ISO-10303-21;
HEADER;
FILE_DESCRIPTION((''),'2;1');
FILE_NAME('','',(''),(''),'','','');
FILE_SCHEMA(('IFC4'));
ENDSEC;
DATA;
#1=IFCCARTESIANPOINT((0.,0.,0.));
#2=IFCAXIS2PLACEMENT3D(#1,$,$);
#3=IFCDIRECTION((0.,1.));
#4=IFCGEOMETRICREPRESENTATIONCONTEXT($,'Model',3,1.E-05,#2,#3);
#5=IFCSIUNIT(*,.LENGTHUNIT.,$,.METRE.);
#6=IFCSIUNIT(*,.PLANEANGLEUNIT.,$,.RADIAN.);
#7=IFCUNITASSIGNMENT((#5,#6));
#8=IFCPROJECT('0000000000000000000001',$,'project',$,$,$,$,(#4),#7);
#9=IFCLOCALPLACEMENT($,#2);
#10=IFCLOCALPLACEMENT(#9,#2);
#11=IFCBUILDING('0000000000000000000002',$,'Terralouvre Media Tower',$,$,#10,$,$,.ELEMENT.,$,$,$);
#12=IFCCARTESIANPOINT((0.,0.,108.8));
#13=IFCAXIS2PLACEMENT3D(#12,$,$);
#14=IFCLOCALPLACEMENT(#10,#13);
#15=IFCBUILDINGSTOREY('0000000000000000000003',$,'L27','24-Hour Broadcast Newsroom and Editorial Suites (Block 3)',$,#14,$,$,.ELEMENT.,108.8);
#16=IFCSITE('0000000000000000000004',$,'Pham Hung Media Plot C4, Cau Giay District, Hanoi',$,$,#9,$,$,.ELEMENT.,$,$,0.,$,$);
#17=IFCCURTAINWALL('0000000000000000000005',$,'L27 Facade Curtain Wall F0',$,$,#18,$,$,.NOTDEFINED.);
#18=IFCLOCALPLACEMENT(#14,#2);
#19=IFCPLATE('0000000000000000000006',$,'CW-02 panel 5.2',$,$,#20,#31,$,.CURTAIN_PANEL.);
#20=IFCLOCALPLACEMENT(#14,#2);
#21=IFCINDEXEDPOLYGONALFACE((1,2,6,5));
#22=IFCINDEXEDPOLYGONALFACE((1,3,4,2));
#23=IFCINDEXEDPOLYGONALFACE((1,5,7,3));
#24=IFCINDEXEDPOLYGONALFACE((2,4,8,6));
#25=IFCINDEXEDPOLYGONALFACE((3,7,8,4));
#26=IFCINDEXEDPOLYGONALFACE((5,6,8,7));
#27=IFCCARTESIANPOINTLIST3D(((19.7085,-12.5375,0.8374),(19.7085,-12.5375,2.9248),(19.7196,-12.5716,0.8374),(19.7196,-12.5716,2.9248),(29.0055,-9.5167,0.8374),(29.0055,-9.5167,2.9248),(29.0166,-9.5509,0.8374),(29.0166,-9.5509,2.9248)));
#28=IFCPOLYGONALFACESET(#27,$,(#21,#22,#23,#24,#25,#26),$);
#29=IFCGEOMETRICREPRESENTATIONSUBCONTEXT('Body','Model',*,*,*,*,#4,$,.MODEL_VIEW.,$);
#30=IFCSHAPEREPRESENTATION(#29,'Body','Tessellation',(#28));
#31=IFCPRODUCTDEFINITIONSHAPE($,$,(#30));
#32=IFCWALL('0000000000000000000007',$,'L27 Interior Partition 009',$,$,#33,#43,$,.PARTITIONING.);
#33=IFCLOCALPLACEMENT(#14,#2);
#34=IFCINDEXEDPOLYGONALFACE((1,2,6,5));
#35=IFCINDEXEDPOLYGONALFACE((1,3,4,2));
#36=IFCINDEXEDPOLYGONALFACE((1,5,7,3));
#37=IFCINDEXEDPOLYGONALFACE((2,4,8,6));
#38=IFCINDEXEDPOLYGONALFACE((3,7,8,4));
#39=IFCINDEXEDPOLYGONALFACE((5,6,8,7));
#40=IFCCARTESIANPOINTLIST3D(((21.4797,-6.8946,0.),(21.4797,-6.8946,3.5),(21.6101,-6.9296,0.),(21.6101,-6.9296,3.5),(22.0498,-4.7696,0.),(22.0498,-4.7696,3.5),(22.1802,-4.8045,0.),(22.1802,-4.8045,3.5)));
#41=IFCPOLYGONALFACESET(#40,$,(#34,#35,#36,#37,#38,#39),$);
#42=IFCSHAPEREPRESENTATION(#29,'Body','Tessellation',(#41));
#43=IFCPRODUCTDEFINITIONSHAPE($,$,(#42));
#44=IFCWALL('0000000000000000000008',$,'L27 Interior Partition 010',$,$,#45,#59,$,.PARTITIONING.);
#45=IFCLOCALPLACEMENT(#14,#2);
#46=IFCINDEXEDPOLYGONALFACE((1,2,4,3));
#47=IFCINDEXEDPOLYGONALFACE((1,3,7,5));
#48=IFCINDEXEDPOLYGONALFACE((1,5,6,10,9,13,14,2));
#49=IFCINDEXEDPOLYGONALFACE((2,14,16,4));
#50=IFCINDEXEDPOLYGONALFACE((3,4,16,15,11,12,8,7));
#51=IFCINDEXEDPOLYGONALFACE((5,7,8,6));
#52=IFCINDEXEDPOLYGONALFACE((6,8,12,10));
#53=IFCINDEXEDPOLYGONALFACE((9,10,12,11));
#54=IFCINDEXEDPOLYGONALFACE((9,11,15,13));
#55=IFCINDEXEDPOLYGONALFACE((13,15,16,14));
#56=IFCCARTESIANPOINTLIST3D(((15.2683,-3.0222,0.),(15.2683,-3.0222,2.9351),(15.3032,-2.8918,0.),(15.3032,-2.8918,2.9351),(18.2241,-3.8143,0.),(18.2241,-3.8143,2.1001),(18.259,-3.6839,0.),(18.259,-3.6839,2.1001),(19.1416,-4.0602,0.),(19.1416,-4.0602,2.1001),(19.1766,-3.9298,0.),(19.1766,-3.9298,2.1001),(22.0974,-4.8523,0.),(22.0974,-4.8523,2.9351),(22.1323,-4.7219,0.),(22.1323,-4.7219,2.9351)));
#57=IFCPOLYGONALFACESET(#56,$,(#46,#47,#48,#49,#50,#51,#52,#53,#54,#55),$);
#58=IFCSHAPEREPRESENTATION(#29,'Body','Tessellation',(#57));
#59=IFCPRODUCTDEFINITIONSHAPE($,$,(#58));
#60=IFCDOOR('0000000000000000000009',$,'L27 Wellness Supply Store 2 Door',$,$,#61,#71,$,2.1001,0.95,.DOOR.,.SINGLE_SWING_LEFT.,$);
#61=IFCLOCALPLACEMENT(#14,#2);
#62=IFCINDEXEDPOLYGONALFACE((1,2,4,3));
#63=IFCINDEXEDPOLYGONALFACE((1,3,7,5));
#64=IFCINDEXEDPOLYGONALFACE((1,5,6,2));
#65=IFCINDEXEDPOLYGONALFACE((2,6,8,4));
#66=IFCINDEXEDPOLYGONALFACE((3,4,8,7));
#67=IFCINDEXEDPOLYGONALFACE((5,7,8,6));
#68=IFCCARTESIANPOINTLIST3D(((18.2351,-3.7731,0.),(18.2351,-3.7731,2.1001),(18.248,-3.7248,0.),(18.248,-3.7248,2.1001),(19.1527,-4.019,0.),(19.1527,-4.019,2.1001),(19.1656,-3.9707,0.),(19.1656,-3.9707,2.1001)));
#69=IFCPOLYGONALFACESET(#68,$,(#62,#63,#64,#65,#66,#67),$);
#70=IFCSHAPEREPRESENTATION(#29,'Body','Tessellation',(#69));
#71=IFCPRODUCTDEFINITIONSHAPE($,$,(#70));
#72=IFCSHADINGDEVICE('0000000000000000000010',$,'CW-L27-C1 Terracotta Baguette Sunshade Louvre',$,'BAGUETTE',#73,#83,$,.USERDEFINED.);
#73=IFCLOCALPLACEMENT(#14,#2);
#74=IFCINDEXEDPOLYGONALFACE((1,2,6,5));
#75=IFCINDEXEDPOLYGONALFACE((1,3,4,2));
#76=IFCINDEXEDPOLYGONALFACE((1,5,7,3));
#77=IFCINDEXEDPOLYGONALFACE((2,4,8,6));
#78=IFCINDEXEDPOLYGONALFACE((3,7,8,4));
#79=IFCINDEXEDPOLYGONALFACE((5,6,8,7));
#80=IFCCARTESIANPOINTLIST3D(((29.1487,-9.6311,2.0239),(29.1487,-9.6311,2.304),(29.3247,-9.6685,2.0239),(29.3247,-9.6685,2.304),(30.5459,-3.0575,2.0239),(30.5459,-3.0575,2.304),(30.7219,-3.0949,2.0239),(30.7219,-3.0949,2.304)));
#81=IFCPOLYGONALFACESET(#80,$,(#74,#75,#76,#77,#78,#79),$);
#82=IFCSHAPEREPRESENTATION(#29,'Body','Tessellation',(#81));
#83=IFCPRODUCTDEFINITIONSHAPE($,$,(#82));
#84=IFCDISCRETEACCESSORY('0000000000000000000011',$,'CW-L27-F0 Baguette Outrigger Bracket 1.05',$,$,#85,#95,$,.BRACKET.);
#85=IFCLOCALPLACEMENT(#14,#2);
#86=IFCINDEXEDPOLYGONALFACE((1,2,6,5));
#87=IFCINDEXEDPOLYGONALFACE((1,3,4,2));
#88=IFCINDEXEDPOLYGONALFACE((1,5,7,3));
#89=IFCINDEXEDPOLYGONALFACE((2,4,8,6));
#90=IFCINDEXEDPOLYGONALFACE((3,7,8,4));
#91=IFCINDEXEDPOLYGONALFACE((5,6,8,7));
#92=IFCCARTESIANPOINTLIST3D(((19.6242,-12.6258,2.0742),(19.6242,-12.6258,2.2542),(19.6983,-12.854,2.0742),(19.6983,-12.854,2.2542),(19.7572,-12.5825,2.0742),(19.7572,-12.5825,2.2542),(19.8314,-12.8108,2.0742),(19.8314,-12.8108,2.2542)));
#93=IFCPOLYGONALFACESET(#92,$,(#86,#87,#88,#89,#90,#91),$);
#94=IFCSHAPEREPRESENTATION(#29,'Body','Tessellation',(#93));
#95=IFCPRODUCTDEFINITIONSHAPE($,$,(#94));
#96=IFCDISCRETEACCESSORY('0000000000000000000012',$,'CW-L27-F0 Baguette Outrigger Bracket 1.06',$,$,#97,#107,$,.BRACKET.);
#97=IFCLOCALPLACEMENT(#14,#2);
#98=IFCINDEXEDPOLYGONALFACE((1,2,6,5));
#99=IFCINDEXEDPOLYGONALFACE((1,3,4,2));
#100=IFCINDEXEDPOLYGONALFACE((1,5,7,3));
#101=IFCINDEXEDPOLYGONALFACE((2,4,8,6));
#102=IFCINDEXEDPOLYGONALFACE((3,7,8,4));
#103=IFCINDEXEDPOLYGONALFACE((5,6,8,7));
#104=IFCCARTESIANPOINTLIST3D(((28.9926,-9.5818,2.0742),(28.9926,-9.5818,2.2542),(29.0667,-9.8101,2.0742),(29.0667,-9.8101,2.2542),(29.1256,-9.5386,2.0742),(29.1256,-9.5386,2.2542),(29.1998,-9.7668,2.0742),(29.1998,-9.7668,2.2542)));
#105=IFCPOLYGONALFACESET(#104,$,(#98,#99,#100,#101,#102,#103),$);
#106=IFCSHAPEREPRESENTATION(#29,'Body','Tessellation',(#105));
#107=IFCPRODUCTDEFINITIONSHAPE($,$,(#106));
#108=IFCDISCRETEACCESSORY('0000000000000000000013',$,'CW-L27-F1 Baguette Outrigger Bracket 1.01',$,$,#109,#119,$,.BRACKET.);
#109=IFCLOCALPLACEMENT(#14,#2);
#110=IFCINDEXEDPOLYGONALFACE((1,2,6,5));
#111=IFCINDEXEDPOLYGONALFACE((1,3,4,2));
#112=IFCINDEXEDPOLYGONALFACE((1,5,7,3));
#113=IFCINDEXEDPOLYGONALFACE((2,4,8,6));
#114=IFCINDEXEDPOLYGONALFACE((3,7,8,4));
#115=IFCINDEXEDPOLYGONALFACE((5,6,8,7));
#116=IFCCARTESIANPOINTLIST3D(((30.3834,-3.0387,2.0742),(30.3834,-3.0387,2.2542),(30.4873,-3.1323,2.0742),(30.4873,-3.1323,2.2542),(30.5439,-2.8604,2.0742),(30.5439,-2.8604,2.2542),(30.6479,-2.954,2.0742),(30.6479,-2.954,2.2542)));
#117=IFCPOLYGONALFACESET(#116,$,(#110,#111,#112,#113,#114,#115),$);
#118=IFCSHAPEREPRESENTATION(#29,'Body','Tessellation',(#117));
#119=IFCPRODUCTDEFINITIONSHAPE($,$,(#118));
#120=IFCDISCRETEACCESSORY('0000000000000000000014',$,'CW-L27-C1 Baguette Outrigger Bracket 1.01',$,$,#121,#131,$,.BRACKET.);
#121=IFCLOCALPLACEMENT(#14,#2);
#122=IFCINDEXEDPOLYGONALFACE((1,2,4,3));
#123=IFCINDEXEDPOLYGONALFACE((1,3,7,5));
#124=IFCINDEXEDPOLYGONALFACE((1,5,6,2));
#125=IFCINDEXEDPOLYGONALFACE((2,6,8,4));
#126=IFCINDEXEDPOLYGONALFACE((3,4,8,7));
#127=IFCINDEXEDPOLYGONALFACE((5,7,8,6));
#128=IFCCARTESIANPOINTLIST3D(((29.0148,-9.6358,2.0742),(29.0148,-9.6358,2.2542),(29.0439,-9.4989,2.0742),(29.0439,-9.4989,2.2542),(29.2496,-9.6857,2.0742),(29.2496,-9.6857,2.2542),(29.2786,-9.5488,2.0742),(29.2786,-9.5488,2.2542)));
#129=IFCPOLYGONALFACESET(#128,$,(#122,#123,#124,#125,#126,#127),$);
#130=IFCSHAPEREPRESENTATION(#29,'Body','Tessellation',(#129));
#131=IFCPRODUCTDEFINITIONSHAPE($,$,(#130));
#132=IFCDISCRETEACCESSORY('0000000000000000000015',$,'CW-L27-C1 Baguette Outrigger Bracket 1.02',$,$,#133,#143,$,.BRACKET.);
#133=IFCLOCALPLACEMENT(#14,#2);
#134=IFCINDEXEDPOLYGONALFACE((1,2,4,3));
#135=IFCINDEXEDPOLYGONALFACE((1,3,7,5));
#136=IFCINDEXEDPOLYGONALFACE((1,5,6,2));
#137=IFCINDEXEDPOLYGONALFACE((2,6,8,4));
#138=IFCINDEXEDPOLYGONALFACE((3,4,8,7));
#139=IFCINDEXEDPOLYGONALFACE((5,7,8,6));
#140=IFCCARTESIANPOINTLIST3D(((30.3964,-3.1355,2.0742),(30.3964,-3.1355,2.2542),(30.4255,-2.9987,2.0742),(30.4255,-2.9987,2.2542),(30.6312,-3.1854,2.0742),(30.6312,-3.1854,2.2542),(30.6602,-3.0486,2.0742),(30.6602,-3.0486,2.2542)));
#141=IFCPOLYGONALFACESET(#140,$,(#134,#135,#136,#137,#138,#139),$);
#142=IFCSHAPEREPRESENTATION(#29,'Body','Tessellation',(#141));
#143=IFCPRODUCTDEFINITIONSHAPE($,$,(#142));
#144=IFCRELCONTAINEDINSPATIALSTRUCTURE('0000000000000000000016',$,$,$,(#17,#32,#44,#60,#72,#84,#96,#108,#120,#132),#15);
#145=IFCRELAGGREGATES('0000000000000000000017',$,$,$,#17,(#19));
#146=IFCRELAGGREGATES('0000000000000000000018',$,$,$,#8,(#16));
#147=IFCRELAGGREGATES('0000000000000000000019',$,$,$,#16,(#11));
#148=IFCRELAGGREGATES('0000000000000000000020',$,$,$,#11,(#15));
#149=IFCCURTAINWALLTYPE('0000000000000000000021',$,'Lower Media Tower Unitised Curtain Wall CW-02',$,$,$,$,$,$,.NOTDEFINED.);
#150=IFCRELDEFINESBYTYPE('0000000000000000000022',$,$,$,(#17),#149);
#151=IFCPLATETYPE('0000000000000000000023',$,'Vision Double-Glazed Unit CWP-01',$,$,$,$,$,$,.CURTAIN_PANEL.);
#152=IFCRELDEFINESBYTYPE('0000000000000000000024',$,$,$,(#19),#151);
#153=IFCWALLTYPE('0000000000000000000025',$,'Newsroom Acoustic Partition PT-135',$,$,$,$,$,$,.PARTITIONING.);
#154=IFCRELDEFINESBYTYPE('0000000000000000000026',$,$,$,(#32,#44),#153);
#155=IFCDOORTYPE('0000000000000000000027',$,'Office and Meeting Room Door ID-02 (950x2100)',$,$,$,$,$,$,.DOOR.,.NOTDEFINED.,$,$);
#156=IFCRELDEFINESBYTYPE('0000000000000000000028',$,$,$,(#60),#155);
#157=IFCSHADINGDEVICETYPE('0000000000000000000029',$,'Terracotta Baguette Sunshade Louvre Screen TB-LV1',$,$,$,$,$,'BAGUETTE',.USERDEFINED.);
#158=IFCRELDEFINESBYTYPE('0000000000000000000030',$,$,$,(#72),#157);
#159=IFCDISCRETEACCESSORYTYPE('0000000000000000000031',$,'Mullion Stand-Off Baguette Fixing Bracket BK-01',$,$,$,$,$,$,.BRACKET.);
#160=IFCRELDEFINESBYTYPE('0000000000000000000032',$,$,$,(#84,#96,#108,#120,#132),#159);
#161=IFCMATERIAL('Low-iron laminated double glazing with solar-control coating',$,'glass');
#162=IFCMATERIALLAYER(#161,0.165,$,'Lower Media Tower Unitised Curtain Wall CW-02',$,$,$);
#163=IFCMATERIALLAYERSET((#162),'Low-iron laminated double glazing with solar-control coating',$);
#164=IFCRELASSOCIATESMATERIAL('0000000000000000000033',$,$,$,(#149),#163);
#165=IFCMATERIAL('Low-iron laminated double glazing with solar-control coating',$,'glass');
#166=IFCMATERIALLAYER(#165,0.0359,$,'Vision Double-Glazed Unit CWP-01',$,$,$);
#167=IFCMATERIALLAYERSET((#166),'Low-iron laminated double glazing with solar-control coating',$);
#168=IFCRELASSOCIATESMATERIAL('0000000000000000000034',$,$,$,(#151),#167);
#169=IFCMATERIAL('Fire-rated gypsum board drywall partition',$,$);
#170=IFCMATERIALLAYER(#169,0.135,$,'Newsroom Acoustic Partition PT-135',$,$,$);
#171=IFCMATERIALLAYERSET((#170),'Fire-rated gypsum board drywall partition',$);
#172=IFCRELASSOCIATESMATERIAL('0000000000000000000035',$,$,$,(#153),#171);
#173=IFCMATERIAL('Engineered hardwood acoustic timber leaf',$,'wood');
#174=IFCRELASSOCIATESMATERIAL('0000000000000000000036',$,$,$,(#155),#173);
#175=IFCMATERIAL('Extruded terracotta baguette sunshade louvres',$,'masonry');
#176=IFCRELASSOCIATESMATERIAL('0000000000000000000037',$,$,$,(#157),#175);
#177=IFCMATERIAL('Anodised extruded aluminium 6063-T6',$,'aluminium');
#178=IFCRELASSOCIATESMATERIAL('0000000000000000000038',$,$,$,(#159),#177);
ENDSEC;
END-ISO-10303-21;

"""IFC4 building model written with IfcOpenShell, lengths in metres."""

from ifc_helpers import new_model, si_unit, direction, frame, frame_2d, origin, origin_2d, place, context, subcontext, project, spatial, rectangle, extrude, material, layer, layer_set, type_object, element, fill, aggregate, save


model = new_model("IFC4")

# Units and contexts
model_context = context("Model", 3, precision=1e-05, world=origin(), true_north=direction((0.0, 1.0)))
body_context = subcontext(model_context, "Body", "Model", "MODEL_VIEW")
ifc_project = project(units=[si_unit("LENGTHUNIT", "METRE"), si_unit("PLANEANGLEUNIT", "RADIAN")], contexts=[model_context])

# Site, building, storey
site_placement = place(None, origin())
site = spatial("IfcSite", under=ifc_project, at=site_placement, Name="Pham Hung Media Plot C4, Cau Giay District, Hanoi", CompositionType="ELEMENT", RefElevation=0.0)
building_placement = place(site_placement, origin())
building = spatial("IfcBuilding", under=site, at=building_placement, Name="Terralouvre Media Tower", CompositionType="ELEMENT")
storey_placement = place(building_placement, frame((0.0, 0.0, 108.8)))
storey = spatial("IfcBuildingStorey", under=building, at=storey_placement, Name="L27", Description="24-Hour Broadcast Newsroom and Editorial Suites (Block 3)", CompositionType="ELEMENT", Elevation=108.8)

# Curtain wall
ifc_material_1 = material(Name="Low-iron laminated double glazing with solar-control coating", Category="glass")
ifc_layer_1 = layer(ifc_material_1, 0.165, Name="Lower Media Tower Unitised Curtain Wall CW-02")
ifc_layer_set_1 = layer_set([ifc_layer_1], Name="Low-iron laminated double glazing with solar-control coating")
curtain_wall_type_1 = type_object("IfcCurtainWallType", Name="Lower Media Tower Unitised Curtain Wall CW-02", PredefinedType="NOTDEFINED", material=ifc_layer_set_1)
curtain_wall_1_placement = place(storey_placement, origin())
curtain_wall_1 = element("IfcCurtainWall", 1, at=curtain_wall_1_placement, inside=storey, type_object=curtain_wall_type_1, Name="L27 Facade Curtain Wall F0", PredefinedType="NOTDEFINED")

# Plate
ifc_material_2 = material(Name="Low-iron laminated double glazing with solar-control coating", Category="glass")
ifc_layer_2 = layer(ifc_material_2, 0.0359, Name="Vision Double-Glazed Unit CWP-01")
ifc_layer_set_2 = layer_set([ifc_layer_2], Name="Low-iron laminated double glazing with solar-control coating")
plate_type_1 = type_object("IfcPlateType", Name="Vision Double-Glazed Unit CWP-01", PredefinedType="CURTAIN_PANEL", material=ifc_layer_set_2)
plate_1_placement = place(storey_placement, frame((24.3625, -11.0442, 0.8374), z_axis=(0.0, 0.0, 1.0), x_axis=(0.951057, 0.309017, 0.0)))
plate_1 = element("IfcPlate", 2, at=plate_1_placement, type_object=plate_type_1, Name="CW-02 panel 5.2", PredefinedType="CURTAIN_PANEL", context=body_context, shape_type="SweptSolid", body=[
    extrude(rectangle(XDim=9.7754, YDim=0.0359, at=origin_2d()), origin(), (0.0, 0.0, 1.0), 2.0874),
])
aggregate(curtain_wall_1, [plate_1])

# Wall
ifc_material_3 = material(Name="Fire-rated gypsum board drywall partition")
ifc_layer_3 = layer(ifc_material_3, 0.135, Name="Newsroom Acoustic Partition PT-135")
ifc_layer_set_3 = layer_set([ifc_layer_3], Name="Fire-rated gypsum board drywall partition")
wall_type = type_object("IfcWallType", Name="Newsroom Acoustic Partition PT-135", PredefinedType="PARTITIONING", material=ifc_layer_set_3)
wall_1_placement = place(storey_placement, frame((21.5449, -6.9121, 0.0), z_axis=(0.0, 0.0, 1.0), x_axis=(0.259106, 0.965849, 0.0)))
element("IfcWall", 3, at=wall_1_placement, inside=storey, type_object=wall_type, Name="L27 Interior Partition 009", PredefinedType="PARTITIONING", context=body_context, shape_type="SweptSolid", body=[
    extrude(rectangle(XDim=2.2002, YDim=0.135, at=frame_2d((1.1001, 0.0))), origin(), (0.0, 0.0, 1.0), 3.5),
])

# Wall, opening, door
wall_2_placement = place(storey_placement, frame((22.115, -4.7871, 0.0), z_axis=(0.0, 0.0, 1.0), x_axis=(-0.965918, 0.258849, 0.0)))
wall_2 = element("IfcWall", 4, at=wall_2_placement, inside=storey, type_object=wall_type, Name="L27 Interior Partition 010", PredefinedType="PARTITIONING", context=body_context, shape_type="SweptSolid", body=[
    extrude(rectangle(XDim=7.0701, YDim=0.135, at=frame_2d((3.5352, 0.0))), origin(), (0.0, 0.0, 1.0), 2.9351),
])
opening_placement = place(wall_2_placement, frame((3.0601, 0.0, 0.0)))
opening = element("IfcOpeningElement", 5, at=opening_placement, cuts=wall_2, PredefinedType="OPENING", context=body_context, shape_type="SweptSolid", body=[
    extrude(rectangle(XDim=0.95, YDim=2.1001, at=frame_2d((0.4751, 1.05))), frame((0.0, 0.0774, 0.0), z_axis=(0.0, -1.0, 0.0), x_axis=(1.0, 0.0, 0.0)), (0.0, 0.0, 1.0), 0.155),
])
ifc_material_4 = material(Name="Engineered hardwood acoustic timber leaf", Category="wood")
door_type = type_object("IfcDoorType", Name="Office and Meeting Room Door ID-02 (950x2100)", OperationType="NOTDEFINED", PredefinedType="DOOR", material=ifc_material_4)
door_placement = place(opening_placement, origin())
door = element("IfcDoor", 6, at=door_placement, inside=storey, type_object=door_type, Name="L27 Wellness Supply Store 2 Door", OperationType="SINGLE_SWING_LEFT", OverallHeight=2.1001, OverallWidth=0.95, PredefinedType="DOOR", context=body_context, shape_type="SweptSolid", body=[
    extrude(rectangle(XDim=0.95, YDim=2.1001, at=frame_2d((0.4751, 1.05))), frame((0.0, 0.0249, 0.0), z_axis=(0.0, -1.0, 0.0), x_axis=(1.0, 0.0, 0.0)), (0.0, 0.0, 1.0), 0.05),
])
fill(opening, door)

# Shading device
ifc_material_5 = material(Name="Extruded terracotta baguette sunshade louvres", Category="masonry")
shading_device_type = type_object("IfcShadingDeviceType", Name="Terracotta Baguette Sunshade Louvre Screen TB-LV1", ElementType="BAGUETTE", PredefinedType="USERDEFINED", material=ifc_material_5)
shading_device_placement = place(storey_placement, frame((29.9353, -6.363, 2.0239), z_axis=(0.0, 0.0, 1.0), x_axis=(0.207912, 0.978148, 0.0)))
element("IfcShadingDevice", 7, at=shading_device_placement, inside=storey, type_object=shading_device_type, Name="CW-L27-C1 Terracotta Baguette Sunshade Louvre", ObjectType="BAGUETTE", PredefinedType="USERDEFINED", context=body_context, shape_type="SweptSolid", body=[
    extrude(rectangle(XDim=6.7205, YDim=0.1799, at=origin_2d()), origin(), (0.0, 0.0, 1.0), 0.28),
])

# Discrete accessories
ifc_material_6 = material(Name="Anodised extruded aluminium 6063-T6", Category="aluminium")
discrete_accessory_type = type_object("IfcDiscreteAccessoryType", Name="Mullion Stand-Off Baguette Fixing Bracket BK-01", PredefinedType="BRACKET", material=ifc_material_6)
for number, where, z_axis, x_axis, name in (
    (8, (19.7278, -12.7183, 2.0742), (0.0, 0.0, 1.0), (0.951057, 0.309017, 0.0), "CW-L27-F0 Baguette Outrigger Bracket 1.05"),
    (9, (29.0962, -9.6743, 2.0742), (0.0, 0.0, 1.0), (0.951057, 0.309017, 0.0), "CW-L27-F0 Baguette Outrigger Bracket 1.06"),
    (10, (30.5156, -2.9963, 2.0742), (0.0, 0.0, 1.0), (-0.743145, 0.669131, 0.0), "CW-L27-F1 Baguette Outrigger Bracket 1.01"),
    (11, (29.1467, -9.5923, 2.0742), (0.0, 0.0, 1.0), (0.207912, 0.978148, 0.0), "CW-L27-C1 Baguette Outrigger Bracket 1.01"),
    (12, (30.5283, -3.092, 2.0742), (0.0, 0.0, 1.0), (0.207912, 0.978148, 0.0), "CW-L27-C1 Baguette Outrigger Bracket 1.02"),
):
    element("IfcDiscreteAccessory", number, at=place(storey_placement, frame(where, z_axis=z_axis, x_axis=x_axis)), inside=storey, type_object=discrete_accessory_type, Name=name, PredefinedType="BRACKET", context=body_context, shape_type="SweptSolid", body=[
        extrude(rectangle(XDim=0.1399, YDim=0.24, at=origin_2d()), origin(), (0.0, 0.0, 1.0), 0.1799),
    ])

save(model, "model.ifc")
